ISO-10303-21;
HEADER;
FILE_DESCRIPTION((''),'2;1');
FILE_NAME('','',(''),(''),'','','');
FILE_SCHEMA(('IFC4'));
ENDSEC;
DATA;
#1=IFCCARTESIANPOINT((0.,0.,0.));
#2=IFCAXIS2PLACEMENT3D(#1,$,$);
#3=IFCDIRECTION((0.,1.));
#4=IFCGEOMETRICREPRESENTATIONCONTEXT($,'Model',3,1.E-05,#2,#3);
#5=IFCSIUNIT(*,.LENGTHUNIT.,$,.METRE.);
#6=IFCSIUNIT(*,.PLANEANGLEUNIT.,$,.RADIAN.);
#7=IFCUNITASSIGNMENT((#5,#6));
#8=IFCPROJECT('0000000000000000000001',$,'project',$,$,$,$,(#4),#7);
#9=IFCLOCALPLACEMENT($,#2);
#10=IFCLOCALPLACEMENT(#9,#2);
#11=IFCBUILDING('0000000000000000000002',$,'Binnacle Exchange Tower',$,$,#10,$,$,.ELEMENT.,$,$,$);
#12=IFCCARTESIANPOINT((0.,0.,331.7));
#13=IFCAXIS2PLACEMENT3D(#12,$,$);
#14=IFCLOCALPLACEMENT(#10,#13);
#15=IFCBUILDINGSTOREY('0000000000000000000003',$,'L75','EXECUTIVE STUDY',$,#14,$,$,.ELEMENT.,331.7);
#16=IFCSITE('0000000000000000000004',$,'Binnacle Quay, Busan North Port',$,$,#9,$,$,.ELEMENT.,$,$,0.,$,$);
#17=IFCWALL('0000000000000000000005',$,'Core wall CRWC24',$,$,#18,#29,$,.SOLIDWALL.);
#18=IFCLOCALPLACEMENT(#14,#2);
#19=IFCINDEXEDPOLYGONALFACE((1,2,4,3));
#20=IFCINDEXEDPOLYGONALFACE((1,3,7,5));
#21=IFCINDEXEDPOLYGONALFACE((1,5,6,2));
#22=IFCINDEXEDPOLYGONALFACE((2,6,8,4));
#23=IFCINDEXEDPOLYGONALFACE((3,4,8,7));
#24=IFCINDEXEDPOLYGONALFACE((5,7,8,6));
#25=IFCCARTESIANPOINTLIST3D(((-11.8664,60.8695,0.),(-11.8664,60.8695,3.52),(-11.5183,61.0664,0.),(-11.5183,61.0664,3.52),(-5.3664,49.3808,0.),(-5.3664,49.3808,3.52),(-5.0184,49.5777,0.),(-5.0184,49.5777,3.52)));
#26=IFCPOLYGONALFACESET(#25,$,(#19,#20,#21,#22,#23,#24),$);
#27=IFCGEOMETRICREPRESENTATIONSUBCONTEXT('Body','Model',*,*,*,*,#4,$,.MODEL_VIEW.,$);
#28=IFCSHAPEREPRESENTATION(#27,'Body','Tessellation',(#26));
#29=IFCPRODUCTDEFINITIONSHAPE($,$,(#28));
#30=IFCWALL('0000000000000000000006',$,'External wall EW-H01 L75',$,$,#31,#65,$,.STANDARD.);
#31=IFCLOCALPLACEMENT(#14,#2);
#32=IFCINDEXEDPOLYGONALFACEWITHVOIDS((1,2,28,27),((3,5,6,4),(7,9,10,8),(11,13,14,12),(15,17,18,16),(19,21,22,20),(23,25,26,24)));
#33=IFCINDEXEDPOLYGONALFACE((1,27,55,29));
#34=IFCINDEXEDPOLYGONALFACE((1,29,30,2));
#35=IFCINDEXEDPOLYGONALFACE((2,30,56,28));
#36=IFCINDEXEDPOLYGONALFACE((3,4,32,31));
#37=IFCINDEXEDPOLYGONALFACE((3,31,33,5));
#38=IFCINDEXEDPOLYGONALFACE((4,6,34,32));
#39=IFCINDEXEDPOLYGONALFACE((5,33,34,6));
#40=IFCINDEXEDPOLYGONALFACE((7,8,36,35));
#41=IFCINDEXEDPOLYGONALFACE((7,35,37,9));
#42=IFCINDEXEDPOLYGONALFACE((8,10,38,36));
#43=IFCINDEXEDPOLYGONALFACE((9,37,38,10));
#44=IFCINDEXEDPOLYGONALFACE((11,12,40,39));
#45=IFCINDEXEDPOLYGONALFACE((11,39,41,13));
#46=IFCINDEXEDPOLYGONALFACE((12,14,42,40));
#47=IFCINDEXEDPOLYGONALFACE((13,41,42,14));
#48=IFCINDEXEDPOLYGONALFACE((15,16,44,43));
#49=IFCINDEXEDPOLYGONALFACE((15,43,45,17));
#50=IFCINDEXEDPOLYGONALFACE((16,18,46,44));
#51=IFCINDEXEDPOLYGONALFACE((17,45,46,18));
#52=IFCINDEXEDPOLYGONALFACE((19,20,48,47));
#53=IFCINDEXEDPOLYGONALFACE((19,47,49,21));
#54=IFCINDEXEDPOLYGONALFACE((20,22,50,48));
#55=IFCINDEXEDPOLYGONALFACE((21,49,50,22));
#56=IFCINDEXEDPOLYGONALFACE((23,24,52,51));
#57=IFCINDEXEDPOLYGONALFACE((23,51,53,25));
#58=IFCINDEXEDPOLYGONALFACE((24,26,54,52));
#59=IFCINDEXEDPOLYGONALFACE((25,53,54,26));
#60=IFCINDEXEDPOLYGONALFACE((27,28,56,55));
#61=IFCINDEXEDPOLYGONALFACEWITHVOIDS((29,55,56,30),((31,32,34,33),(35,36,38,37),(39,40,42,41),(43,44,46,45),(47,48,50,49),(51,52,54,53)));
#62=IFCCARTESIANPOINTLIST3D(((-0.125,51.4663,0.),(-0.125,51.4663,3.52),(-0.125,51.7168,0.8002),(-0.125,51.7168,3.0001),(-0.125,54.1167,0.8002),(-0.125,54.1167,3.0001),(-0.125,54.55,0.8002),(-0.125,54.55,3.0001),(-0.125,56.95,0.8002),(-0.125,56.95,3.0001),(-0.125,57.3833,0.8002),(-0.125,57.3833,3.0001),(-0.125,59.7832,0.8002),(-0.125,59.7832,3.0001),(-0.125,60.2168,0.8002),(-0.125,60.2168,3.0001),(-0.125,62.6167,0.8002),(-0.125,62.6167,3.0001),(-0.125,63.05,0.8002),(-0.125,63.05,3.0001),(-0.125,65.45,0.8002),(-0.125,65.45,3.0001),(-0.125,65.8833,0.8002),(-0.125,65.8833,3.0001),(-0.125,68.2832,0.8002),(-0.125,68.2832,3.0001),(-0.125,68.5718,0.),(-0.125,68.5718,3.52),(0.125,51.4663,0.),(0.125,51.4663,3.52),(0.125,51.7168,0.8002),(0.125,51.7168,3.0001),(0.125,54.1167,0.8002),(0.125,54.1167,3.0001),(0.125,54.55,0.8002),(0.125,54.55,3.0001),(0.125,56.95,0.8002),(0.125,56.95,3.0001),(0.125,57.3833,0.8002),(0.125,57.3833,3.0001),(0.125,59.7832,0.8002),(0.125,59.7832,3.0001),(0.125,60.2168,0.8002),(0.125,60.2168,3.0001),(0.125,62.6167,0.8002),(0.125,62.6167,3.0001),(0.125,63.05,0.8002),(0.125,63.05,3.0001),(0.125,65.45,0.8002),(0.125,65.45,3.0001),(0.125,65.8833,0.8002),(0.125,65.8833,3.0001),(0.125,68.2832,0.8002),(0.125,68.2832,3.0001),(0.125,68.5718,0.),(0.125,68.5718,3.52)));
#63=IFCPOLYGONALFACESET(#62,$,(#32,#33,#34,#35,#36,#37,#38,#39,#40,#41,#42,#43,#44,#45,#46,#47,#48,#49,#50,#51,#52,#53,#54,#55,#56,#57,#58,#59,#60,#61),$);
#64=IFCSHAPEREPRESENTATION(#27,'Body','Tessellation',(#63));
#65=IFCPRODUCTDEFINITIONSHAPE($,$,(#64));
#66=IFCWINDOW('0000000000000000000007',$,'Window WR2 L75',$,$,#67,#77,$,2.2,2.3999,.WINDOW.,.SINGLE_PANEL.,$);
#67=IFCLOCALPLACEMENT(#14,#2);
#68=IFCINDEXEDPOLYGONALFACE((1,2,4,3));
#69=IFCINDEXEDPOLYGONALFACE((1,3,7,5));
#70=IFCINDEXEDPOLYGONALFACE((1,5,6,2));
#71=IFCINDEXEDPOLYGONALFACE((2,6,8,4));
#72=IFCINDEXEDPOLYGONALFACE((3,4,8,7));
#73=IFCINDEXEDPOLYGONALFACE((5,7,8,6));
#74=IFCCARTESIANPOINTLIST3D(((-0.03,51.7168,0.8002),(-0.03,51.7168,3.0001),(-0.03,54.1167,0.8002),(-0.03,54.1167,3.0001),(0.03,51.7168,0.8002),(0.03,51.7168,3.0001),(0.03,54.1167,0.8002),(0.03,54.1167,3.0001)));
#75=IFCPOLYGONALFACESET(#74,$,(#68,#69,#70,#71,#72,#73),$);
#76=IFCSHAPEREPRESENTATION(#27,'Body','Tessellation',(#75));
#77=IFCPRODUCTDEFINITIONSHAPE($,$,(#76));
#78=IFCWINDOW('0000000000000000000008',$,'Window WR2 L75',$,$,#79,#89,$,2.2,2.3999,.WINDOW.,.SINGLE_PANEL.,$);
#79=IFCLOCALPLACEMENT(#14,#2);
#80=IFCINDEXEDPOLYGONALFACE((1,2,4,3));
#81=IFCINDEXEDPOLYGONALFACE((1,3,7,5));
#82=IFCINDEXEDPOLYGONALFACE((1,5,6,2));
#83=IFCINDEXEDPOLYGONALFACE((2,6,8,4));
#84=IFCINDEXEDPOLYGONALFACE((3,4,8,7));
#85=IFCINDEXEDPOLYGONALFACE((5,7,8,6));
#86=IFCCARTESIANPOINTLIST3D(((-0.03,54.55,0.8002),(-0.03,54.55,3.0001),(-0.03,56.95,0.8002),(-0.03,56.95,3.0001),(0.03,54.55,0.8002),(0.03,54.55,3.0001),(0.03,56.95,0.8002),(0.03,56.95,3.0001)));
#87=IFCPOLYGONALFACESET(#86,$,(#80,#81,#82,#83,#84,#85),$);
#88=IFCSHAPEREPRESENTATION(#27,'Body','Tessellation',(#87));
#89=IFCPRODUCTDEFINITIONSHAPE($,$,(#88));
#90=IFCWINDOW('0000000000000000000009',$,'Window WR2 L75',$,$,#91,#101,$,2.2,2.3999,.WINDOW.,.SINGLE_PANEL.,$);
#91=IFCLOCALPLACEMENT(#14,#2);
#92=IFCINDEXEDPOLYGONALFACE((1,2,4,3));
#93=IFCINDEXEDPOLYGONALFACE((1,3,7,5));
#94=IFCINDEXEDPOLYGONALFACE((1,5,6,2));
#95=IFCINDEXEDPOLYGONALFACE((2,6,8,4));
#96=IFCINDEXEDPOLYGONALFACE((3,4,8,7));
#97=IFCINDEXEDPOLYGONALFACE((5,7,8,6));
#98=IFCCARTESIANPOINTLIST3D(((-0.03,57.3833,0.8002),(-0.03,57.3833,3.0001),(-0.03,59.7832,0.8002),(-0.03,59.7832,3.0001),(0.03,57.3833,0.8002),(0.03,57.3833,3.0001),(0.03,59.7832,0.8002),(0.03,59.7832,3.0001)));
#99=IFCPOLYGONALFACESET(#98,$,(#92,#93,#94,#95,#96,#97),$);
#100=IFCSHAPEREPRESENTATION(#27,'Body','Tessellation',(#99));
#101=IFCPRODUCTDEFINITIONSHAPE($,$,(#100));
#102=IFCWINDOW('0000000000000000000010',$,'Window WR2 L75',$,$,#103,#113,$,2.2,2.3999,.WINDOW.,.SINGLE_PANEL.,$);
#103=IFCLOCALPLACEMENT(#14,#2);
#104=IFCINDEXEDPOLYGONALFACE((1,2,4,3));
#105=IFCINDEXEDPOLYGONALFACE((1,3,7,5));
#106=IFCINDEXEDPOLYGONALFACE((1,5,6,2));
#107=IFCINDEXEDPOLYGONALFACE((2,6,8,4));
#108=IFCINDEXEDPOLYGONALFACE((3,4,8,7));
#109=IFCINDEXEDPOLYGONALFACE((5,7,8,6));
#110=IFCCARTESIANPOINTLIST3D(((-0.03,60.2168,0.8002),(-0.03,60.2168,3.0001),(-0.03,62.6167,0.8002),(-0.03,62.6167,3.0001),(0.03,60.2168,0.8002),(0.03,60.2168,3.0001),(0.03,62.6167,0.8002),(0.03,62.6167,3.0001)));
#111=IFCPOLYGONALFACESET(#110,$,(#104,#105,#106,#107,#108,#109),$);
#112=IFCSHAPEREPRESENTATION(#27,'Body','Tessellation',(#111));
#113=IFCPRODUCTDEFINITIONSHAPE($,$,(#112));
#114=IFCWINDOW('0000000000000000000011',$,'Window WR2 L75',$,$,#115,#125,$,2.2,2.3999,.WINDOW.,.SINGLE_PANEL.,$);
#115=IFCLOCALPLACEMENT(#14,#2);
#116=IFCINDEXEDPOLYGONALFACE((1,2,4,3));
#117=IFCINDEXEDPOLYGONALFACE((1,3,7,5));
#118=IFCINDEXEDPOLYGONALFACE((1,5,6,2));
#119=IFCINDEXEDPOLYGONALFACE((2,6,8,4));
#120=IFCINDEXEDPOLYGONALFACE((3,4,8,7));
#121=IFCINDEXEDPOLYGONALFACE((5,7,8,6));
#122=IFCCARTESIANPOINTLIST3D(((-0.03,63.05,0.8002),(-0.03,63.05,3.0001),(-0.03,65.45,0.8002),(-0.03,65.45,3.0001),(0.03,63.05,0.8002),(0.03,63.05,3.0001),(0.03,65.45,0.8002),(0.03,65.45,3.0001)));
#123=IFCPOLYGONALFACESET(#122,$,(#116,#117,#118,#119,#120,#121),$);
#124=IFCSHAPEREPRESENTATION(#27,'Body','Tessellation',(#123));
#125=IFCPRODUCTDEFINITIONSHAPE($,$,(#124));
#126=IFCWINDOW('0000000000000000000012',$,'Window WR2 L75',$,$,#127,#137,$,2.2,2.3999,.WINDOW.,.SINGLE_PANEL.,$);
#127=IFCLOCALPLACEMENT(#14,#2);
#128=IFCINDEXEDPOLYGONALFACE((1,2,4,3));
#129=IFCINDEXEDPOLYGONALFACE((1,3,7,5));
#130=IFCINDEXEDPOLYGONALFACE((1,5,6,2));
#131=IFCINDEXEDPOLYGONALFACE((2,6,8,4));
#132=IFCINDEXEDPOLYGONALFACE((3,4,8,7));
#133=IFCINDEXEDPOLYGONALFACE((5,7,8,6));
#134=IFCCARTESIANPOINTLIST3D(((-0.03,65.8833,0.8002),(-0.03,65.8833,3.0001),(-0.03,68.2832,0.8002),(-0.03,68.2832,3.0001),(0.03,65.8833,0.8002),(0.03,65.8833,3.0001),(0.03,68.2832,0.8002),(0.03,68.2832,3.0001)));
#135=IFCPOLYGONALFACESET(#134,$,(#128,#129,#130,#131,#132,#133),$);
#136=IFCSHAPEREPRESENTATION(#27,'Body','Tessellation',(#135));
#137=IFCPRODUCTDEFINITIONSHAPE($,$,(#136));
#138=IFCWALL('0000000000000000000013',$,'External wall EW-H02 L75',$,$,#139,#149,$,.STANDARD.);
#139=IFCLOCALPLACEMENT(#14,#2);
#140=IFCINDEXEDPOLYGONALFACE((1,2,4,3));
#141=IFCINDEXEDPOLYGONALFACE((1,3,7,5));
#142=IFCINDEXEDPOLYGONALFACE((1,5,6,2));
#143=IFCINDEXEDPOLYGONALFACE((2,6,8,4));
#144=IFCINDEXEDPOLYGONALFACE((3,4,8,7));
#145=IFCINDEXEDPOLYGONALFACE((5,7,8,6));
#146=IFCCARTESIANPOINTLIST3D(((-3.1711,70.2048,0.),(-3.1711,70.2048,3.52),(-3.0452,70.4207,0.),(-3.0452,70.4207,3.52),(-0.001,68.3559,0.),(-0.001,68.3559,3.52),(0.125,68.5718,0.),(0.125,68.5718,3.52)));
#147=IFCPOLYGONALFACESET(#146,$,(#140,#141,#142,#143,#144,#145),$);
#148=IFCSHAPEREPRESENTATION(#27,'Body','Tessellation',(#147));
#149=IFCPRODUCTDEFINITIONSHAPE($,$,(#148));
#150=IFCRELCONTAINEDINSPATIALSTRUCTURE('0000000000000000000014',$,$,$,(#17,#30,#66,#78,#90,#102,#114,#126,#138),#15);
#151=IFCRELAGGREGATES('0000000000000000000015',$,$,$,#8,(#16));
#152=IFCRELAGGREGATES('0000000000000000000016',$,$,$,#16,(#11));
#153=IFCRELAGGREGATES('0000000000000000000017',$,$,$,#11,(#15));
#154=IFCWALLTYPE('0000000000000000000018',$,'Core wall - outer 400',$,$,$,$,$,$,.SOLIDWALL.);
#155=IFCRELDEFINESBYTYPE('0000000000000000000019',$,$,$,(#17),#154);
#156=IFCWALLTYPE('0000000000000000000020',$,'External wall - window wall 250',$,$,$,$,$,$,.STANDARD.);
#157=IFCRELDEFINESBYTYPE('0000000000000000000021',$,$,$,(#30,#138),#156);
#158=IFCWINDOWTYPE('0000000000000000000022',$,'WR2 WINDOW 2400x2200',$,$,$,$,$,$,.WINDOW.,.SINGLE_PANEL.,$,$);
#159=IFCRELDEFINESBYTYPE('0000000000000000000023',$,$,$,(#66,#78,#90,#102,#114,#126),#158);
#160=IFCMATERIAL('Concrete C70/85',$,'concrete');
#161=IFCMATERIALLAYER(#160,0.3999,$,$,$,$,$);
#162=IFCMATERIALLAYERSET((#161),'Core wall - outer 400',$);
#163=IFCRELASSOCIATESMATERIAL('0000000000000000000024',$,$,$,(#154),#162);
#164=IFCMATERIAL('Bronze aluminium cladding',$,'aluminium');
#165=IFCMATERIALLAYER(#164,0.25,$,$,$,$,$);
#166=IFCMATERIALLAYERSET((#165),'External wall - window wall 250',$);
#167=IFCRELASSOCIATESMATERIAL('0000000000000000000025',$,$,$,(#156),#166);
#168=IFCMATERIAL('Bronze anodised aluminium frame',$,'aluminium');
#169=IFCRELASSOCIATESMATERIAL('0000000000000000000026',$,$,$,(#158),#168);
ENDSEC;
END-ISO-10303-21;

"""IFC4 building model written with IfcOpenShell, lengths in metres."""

from ifc_helpers import new_model, si_unit, direction, frame, frame_2d, origin, place, context, subcontext, project, spatial, rectangle, extrude, material, layer, layer_set, type_object, element, fill, save


model = new_model("IFC4")

# Units and contexts
model_context = context("Model", 3, precision=1e-05, world=origin(), true_north=direction((0.0, 1.0)))
body_context = subcontext(model_context, "Body", "Model", "MODEL_VIEW")
ifc_project = project(units=[si_unit("LENGTHUNIT", "METRE"), si_unit("PLANEANGLEUNIT", "RADIAN")], contexts=[model_context])

# Site, building, storey
site_placement = place(None, origin())
site = spatial("IfcSite", under=ifc_project, at=site_placement, Name="Binnacle Quay, Busan North Port", CompositionType="ELEMENT", RefElevation=0.0)
building_placement = place(site_placement, origin())
building = spatial("IfcBuilding", under=site, at=building_placement, Name="Binnacle Exchange Tower", CompositionType="ELEMENT")
storey_placement = place(building_placement, frame((0.0, 0.0, 331.7)))
storey = spatial("IfcBuildingStorey", under=building, at=storey_placement, Name="L75", Description="EXECUTIVE STUDY", CompositionType="ELEMENT", Elevation=331.7)

# Shared definitions
ifc_material_1 = material(Name="Bronze anodised aluminium frame", Category="aluminium")

# Wall
ifc_material_2 = material(Name="Concrete C70/85", Category="concrete")
ifc_layer_1 = layer(ifc_material_2, 0.3999)
ifc_layer_set_1 = layer_set([ifc_layer_1], Name="Core wall - outer 400")
wall_type_1 = type_object("IfcWallType", Name="Core wall - outer 400", PredefinedType="SOLIDWALL", material=ifc_layer_set_1)
wall_1_placement = place(storey_placement, frame((-11.6924, 60.968, 0.0), z_axis=(0.0, 0.0, 1.0), x_axis=(0.492422, -0.870357, 0.0)))
element("IfcWall", 1, at=wall_1_placement, inside=storey, type_object=wall_type_1, Name="Core wall CRWC24", PredefinedType="SOLIDWALL", context=body_context, shape_type="SweptSolid", body=[
    extrude(rectangle(XDim=13.2, YDim=0.3999, at=frame_2d((6.6001, 0.0))), origin(), (0.0, 0.0, 1.0), 3.52),
])

# Wall, openings, windows
ifc_material_3 = material(Name="Bronze aluminium cladding", Category="aluminium")
ifc_layer_2 = layer(ifc_material_3, 0.25)
ifc_layer_set_2 = layer_set([ifc_layer_2], Name="External wall - window wall 250")
wall_type_2 = type_object("IfcWallType", Name="External wall - window wall 250", PredefinedType="STANDARD", material=ifc_layer_set_2)
wall_2_placement = place(storey_placement, frame((0.0, 68.5718, 0.0), z_axis=(0.0, 0.0, 1.0), x_axis=(0.0, -1.0, 0.0)))
wall_2 = element("IfcWall", 2, at=wall_2_placement, inside=storey, type_object=wall_type_2, Name="External wall EW-H01 L75", PredefinedType="STANDARD", context=body_context, shape_type="SweptSolid", body=[
    extrude(rectangle(XDim=17.1055, YDim=0.25, at=frame_2d((8.5527, 0.0))), origin(), (0.0, 0.0, 1.0), 3.52),
])
opening_1_placement = place(wall_2_placement, frame((14.4551, 0.0, 0.8)))
opening_1 = element("IfcOpeningElement", 3, at=opening_1_placement, cuts=wall_2, PredefinedType="OPENING", context=body_context, shape_type="SweptSolid", body=[
    extrude(rectangle(XDim=2.3999, YDim=2.2, at=frame_2d((1.2, 1.1001))), frame((0.0, 0.135, 0.0), z_axis=(0.0, -1.0, 0.0), x_axis=(1.0, 0.0, 0.0)), (0.0, 0.0, 1.0), 0.27),
])
opening_2_placement = place(wall_2_placement, frame((11.6218, 0.0, 0.8)))
opening_2 = element("IfcOpeningElement", 4, at=opening_2_placement, cuts=wall_2, PredefinedType="OPENING", context=body_context, shape_type="SweptSolid", body=[
    extrude(rectangle(XDim=2.3999, YDim=2.2, at=frame_2d((1.2, 1.1001))), frame((0.0, 0.135, 0.0), z_axis=(0.0, -1.0, 0.0), x_axis=(1.0, 0.0, 0.0)), (0.0, 0.0, 1.0), 0.27),
])
opening_3_placement = place(wall_2_placement, frame((8.7886, 0.0, 0.8)))
opening_3 = element("IfcOpeningElement", 5, at=opening_3_placement, cuts=wall_2, PredefinedType="OPENING", context=body_context, shape_type="SweptSolid", body=[
    extrude(rectangle(XDim=2.3999, YDim=2.2, at=frame_2d((1.2, 1.1001))), frame((0.0, 0.135, 0.0), z_axis=(0.0, -1.0, 0.0), x_axis=(1.0, 0.0, 0.0)), (0.0, 0.0, 1.0), 0.27),
])
opening_4_placement = place(wall_2_placement, frame((5.9551, 0.0, 0.8)))
opening_4 = element("IfcOpeningElement", 6, at=opening_4_placement, cuts=wall_2, PredefinedType="OPENING", context=body_context, shape_type="SweptSolid", body=[
    extrude(rectangle(XDim=2.3999, YDim=2.2, at=frame_2d((1.2, 1.1001))), frame((0.0, 0.135, 0.0), z_axis=(0.0, -1.0, 0.0), x_axis=(1.0, 0.0, 0.0)), (0.0, 0.0, 1.0), 0.27),
])
opening_5_placement = place(wall_2_placement, frame((3.1218, 0.0, 0.8)))
opening_5 = element("IfcOpeningElement", 7, at=opening_5_placement, cuts=wall_2, PredefinedType="OPENING", context=body_context, shape_type="SweptSolid", body=[
    extrude(rectangle(XDim=2.3999, YDim=2.2, at=frame_2d((1.2, 1.1001))), frame((0.0, 0.135, 0.0), z_axis=(0.0, -1.0, 0.0), x_axis=(1.0, 0.0, 0.0)), (0.0, 0.0, 1.0), 0.27),
])
opening_6_placement = place(wall_2_placement, frame((0.2886, 0.0, 0.8)))
opening_6 = element("IfcOpeningElement", 8, at=opening_6_placement, cuts=wall_2, PredefinedType="OPENING", context=body_context, shape_type="SweptSolid", body=[
    extrude(rectangle(XDim=2.3999, YDim=2.2, at=frame_2d((1.2, 1.1001))), frame((0.0, 0.135, 0.0), z_axis=(0.0, -1.0, 0.0), x_axis=(1.0, 0.0, 0.0)), (0.0, 0.0, 1.0), 0.27),
])
window_type = type_object("IfcWindowType", Name="WR2 WINDOW 2400x2200", PartitioningType="SINGLE_PANEL", PredefinedType="WINDOW", material=ifc_material_1)
window_1_placement = place(opening_1_placement, origin())
window_1 = element("IfcWindow", 9, at=window_1_placement, inside=storey, type_object=window_type, Name="Window WR2 L75", OverallHeight=2.2, OverallWidth=2.3999, PartitioningType="SINGLE_PANEL", PredefinedType="WINDOW", context=body_context, shape_type="SweptSolid", body=[
    extrude(rectangle(XDim=2.3999, YDim=2.2, at=frame_2d((1.2, 1.1001))), frame((0.0, 0.03, 0.0), z_axis=(0.0, -1.0, 0.0), x_axis=(1.0, 0.0, 0.0)), (0.0, 0.0, 1.0), 0.0601),
])
fill(opening_1, window_1)
window_2_placement = place(opening_2_placement, origin())
window_2 = element("IfcWindow", 10, at=window_2_placement, inside=storey, type_object=window_type, Name="Window WR2 L75", OverallHeight=2.2, OverallWidth=2.3999, PartitioningType="SINGLE_PANEL", PredefinedType="WINDOW", context=body_context, shape_type="SweptSolid", body=[
    extrude(rectangle(XDim=2.3999, YDim=2.2, at=frame_2d((1.2, 1.1001))), frame((0.0, 0.03, 0.0), z_axis=(0.0, -1.0, 0.0), x_axis=(1.0, 0.0, 0.0)), (0.0, 0.0, 1.0), 0.0601),
])
fill(opening_2, window_2)
window_3_placement = place(opening_3_placement, origin())
window_3 = element("IfcWindow", 11, at=window_3_placement, inside=storey, type_object=window_type, Name="Window WR2 L75", OverallHeight=2.2, OverallWidth=2.3999, PartitioningType="SINGLE_PANEL", PredefinedType="WINDOW", context=body_context, shape_type="SweptSolid", body=[
    extrude(rectangle(XDim=2.3999, YDim=2.2, at=frame_2d((1.2, 1.1001))), frame((0.0, 0.03, 0.0), z_axis=(0.0, -1.0, 0.0), x_axis=(1.0, 0.0, 0.0)), (0.0, 0.0, 1.0), 0.0601),
])
fill(opening_3, window_3)
window_4_placement = place(opening_4_placement, origin())
window_4 = element("IfcWindow", 12, at=window_4_placement, inside=storey, type_object=window_type, Name="Window WR2 L75", OverallHeight=2.2, OverallWidth=2.3999, PartitioningType="SINGLE_PANEL", PredefinedType="WINDOW", context=body_context, shape_type="SweptSolid", body=[
    extrude(rectangle(XDim=2.3999, YDim=2.2, at=frame_2d((1.2, 1.1001))), frame((0.0, 0.03, 0.0), z_axis=(0.0, -1.0, 0.0), x_axis=(1.0, 0.0, 0.0)), (0.0, 0.0, 1.0), 0.0601),
])
fill(opening_4, window_4)
window_5_placement = place(opening_5_placement, origin())
window_5 = element("IfcWindow", 13, at=window_5_placement, inside=storey, type_object=window_type, Name="Window WR2 L75", OverallHeight=2.2, OverallWidth=2.3999, PartitioningType="SINGLE_PANEL", PredefinedType="WINDOW", context=body_context, shape_type="SweptSolid", body=[
    extrude(rectangle(XDim=2.3999, YDim=2.2, at=frame_2d((1.2, 1.1001))), frame((0.0, 0.03, 0.0), z_axis=(0.0, -1.0, 0.0), x_axis=(1.0, 0.0, 0.0)), (0.0, 0.0, 1.0), 0.0601),
])
fill(opening_5, window_5)
window_6_placement = place(opening_6_placement, origin())
window_6 = element("IfcWindow", 14, at=window_6_placement, inside=storey, type_object=window_type, Name="Window WR2 L75", OverallHeight=2.2, OverallWidth=2.3999, PartitioningType="SINGLE_PANEL", PredefinedType="WINDOW", context=body_context, shape_type="SweptSolid", body=[
    extrude(rectangle(XDim=2.3999, YDim=2.2, at=frame_2d((1.2, 1.1001))), frame((0.0, 0.03, 0.0), z_axis=(0.0, -1.0, 0.0), x_axis=(1.0, 0.0, 0.0)), (0.0, 0.0, 1.0), 0.0601),
])
fill(opening_6, window_6)

# Wall
wall_3_placement = place(storey_placement, frame((-3.1082, 70.3127, 0.0), z_axis=(0.0, 0.0, 1.0), x_axis=(0.863825, -0.503792, 0.0)))
element("IfcWall", 15, at=wall_3_placement, inside=storey, type_object=wall_type_2, Name="External wall EW-H02 L75", PredefinedType="STANDARD", context=body_context, shape_type="SweptSolid", body=[
    extrude(rectangle(XDim=3.6699, YDim=0.25, at=frame_2d((1.835, 0.0))), origin(), (0.0, 0.0, 1.0), 3.52),
])

save(model, "model.ifc")
